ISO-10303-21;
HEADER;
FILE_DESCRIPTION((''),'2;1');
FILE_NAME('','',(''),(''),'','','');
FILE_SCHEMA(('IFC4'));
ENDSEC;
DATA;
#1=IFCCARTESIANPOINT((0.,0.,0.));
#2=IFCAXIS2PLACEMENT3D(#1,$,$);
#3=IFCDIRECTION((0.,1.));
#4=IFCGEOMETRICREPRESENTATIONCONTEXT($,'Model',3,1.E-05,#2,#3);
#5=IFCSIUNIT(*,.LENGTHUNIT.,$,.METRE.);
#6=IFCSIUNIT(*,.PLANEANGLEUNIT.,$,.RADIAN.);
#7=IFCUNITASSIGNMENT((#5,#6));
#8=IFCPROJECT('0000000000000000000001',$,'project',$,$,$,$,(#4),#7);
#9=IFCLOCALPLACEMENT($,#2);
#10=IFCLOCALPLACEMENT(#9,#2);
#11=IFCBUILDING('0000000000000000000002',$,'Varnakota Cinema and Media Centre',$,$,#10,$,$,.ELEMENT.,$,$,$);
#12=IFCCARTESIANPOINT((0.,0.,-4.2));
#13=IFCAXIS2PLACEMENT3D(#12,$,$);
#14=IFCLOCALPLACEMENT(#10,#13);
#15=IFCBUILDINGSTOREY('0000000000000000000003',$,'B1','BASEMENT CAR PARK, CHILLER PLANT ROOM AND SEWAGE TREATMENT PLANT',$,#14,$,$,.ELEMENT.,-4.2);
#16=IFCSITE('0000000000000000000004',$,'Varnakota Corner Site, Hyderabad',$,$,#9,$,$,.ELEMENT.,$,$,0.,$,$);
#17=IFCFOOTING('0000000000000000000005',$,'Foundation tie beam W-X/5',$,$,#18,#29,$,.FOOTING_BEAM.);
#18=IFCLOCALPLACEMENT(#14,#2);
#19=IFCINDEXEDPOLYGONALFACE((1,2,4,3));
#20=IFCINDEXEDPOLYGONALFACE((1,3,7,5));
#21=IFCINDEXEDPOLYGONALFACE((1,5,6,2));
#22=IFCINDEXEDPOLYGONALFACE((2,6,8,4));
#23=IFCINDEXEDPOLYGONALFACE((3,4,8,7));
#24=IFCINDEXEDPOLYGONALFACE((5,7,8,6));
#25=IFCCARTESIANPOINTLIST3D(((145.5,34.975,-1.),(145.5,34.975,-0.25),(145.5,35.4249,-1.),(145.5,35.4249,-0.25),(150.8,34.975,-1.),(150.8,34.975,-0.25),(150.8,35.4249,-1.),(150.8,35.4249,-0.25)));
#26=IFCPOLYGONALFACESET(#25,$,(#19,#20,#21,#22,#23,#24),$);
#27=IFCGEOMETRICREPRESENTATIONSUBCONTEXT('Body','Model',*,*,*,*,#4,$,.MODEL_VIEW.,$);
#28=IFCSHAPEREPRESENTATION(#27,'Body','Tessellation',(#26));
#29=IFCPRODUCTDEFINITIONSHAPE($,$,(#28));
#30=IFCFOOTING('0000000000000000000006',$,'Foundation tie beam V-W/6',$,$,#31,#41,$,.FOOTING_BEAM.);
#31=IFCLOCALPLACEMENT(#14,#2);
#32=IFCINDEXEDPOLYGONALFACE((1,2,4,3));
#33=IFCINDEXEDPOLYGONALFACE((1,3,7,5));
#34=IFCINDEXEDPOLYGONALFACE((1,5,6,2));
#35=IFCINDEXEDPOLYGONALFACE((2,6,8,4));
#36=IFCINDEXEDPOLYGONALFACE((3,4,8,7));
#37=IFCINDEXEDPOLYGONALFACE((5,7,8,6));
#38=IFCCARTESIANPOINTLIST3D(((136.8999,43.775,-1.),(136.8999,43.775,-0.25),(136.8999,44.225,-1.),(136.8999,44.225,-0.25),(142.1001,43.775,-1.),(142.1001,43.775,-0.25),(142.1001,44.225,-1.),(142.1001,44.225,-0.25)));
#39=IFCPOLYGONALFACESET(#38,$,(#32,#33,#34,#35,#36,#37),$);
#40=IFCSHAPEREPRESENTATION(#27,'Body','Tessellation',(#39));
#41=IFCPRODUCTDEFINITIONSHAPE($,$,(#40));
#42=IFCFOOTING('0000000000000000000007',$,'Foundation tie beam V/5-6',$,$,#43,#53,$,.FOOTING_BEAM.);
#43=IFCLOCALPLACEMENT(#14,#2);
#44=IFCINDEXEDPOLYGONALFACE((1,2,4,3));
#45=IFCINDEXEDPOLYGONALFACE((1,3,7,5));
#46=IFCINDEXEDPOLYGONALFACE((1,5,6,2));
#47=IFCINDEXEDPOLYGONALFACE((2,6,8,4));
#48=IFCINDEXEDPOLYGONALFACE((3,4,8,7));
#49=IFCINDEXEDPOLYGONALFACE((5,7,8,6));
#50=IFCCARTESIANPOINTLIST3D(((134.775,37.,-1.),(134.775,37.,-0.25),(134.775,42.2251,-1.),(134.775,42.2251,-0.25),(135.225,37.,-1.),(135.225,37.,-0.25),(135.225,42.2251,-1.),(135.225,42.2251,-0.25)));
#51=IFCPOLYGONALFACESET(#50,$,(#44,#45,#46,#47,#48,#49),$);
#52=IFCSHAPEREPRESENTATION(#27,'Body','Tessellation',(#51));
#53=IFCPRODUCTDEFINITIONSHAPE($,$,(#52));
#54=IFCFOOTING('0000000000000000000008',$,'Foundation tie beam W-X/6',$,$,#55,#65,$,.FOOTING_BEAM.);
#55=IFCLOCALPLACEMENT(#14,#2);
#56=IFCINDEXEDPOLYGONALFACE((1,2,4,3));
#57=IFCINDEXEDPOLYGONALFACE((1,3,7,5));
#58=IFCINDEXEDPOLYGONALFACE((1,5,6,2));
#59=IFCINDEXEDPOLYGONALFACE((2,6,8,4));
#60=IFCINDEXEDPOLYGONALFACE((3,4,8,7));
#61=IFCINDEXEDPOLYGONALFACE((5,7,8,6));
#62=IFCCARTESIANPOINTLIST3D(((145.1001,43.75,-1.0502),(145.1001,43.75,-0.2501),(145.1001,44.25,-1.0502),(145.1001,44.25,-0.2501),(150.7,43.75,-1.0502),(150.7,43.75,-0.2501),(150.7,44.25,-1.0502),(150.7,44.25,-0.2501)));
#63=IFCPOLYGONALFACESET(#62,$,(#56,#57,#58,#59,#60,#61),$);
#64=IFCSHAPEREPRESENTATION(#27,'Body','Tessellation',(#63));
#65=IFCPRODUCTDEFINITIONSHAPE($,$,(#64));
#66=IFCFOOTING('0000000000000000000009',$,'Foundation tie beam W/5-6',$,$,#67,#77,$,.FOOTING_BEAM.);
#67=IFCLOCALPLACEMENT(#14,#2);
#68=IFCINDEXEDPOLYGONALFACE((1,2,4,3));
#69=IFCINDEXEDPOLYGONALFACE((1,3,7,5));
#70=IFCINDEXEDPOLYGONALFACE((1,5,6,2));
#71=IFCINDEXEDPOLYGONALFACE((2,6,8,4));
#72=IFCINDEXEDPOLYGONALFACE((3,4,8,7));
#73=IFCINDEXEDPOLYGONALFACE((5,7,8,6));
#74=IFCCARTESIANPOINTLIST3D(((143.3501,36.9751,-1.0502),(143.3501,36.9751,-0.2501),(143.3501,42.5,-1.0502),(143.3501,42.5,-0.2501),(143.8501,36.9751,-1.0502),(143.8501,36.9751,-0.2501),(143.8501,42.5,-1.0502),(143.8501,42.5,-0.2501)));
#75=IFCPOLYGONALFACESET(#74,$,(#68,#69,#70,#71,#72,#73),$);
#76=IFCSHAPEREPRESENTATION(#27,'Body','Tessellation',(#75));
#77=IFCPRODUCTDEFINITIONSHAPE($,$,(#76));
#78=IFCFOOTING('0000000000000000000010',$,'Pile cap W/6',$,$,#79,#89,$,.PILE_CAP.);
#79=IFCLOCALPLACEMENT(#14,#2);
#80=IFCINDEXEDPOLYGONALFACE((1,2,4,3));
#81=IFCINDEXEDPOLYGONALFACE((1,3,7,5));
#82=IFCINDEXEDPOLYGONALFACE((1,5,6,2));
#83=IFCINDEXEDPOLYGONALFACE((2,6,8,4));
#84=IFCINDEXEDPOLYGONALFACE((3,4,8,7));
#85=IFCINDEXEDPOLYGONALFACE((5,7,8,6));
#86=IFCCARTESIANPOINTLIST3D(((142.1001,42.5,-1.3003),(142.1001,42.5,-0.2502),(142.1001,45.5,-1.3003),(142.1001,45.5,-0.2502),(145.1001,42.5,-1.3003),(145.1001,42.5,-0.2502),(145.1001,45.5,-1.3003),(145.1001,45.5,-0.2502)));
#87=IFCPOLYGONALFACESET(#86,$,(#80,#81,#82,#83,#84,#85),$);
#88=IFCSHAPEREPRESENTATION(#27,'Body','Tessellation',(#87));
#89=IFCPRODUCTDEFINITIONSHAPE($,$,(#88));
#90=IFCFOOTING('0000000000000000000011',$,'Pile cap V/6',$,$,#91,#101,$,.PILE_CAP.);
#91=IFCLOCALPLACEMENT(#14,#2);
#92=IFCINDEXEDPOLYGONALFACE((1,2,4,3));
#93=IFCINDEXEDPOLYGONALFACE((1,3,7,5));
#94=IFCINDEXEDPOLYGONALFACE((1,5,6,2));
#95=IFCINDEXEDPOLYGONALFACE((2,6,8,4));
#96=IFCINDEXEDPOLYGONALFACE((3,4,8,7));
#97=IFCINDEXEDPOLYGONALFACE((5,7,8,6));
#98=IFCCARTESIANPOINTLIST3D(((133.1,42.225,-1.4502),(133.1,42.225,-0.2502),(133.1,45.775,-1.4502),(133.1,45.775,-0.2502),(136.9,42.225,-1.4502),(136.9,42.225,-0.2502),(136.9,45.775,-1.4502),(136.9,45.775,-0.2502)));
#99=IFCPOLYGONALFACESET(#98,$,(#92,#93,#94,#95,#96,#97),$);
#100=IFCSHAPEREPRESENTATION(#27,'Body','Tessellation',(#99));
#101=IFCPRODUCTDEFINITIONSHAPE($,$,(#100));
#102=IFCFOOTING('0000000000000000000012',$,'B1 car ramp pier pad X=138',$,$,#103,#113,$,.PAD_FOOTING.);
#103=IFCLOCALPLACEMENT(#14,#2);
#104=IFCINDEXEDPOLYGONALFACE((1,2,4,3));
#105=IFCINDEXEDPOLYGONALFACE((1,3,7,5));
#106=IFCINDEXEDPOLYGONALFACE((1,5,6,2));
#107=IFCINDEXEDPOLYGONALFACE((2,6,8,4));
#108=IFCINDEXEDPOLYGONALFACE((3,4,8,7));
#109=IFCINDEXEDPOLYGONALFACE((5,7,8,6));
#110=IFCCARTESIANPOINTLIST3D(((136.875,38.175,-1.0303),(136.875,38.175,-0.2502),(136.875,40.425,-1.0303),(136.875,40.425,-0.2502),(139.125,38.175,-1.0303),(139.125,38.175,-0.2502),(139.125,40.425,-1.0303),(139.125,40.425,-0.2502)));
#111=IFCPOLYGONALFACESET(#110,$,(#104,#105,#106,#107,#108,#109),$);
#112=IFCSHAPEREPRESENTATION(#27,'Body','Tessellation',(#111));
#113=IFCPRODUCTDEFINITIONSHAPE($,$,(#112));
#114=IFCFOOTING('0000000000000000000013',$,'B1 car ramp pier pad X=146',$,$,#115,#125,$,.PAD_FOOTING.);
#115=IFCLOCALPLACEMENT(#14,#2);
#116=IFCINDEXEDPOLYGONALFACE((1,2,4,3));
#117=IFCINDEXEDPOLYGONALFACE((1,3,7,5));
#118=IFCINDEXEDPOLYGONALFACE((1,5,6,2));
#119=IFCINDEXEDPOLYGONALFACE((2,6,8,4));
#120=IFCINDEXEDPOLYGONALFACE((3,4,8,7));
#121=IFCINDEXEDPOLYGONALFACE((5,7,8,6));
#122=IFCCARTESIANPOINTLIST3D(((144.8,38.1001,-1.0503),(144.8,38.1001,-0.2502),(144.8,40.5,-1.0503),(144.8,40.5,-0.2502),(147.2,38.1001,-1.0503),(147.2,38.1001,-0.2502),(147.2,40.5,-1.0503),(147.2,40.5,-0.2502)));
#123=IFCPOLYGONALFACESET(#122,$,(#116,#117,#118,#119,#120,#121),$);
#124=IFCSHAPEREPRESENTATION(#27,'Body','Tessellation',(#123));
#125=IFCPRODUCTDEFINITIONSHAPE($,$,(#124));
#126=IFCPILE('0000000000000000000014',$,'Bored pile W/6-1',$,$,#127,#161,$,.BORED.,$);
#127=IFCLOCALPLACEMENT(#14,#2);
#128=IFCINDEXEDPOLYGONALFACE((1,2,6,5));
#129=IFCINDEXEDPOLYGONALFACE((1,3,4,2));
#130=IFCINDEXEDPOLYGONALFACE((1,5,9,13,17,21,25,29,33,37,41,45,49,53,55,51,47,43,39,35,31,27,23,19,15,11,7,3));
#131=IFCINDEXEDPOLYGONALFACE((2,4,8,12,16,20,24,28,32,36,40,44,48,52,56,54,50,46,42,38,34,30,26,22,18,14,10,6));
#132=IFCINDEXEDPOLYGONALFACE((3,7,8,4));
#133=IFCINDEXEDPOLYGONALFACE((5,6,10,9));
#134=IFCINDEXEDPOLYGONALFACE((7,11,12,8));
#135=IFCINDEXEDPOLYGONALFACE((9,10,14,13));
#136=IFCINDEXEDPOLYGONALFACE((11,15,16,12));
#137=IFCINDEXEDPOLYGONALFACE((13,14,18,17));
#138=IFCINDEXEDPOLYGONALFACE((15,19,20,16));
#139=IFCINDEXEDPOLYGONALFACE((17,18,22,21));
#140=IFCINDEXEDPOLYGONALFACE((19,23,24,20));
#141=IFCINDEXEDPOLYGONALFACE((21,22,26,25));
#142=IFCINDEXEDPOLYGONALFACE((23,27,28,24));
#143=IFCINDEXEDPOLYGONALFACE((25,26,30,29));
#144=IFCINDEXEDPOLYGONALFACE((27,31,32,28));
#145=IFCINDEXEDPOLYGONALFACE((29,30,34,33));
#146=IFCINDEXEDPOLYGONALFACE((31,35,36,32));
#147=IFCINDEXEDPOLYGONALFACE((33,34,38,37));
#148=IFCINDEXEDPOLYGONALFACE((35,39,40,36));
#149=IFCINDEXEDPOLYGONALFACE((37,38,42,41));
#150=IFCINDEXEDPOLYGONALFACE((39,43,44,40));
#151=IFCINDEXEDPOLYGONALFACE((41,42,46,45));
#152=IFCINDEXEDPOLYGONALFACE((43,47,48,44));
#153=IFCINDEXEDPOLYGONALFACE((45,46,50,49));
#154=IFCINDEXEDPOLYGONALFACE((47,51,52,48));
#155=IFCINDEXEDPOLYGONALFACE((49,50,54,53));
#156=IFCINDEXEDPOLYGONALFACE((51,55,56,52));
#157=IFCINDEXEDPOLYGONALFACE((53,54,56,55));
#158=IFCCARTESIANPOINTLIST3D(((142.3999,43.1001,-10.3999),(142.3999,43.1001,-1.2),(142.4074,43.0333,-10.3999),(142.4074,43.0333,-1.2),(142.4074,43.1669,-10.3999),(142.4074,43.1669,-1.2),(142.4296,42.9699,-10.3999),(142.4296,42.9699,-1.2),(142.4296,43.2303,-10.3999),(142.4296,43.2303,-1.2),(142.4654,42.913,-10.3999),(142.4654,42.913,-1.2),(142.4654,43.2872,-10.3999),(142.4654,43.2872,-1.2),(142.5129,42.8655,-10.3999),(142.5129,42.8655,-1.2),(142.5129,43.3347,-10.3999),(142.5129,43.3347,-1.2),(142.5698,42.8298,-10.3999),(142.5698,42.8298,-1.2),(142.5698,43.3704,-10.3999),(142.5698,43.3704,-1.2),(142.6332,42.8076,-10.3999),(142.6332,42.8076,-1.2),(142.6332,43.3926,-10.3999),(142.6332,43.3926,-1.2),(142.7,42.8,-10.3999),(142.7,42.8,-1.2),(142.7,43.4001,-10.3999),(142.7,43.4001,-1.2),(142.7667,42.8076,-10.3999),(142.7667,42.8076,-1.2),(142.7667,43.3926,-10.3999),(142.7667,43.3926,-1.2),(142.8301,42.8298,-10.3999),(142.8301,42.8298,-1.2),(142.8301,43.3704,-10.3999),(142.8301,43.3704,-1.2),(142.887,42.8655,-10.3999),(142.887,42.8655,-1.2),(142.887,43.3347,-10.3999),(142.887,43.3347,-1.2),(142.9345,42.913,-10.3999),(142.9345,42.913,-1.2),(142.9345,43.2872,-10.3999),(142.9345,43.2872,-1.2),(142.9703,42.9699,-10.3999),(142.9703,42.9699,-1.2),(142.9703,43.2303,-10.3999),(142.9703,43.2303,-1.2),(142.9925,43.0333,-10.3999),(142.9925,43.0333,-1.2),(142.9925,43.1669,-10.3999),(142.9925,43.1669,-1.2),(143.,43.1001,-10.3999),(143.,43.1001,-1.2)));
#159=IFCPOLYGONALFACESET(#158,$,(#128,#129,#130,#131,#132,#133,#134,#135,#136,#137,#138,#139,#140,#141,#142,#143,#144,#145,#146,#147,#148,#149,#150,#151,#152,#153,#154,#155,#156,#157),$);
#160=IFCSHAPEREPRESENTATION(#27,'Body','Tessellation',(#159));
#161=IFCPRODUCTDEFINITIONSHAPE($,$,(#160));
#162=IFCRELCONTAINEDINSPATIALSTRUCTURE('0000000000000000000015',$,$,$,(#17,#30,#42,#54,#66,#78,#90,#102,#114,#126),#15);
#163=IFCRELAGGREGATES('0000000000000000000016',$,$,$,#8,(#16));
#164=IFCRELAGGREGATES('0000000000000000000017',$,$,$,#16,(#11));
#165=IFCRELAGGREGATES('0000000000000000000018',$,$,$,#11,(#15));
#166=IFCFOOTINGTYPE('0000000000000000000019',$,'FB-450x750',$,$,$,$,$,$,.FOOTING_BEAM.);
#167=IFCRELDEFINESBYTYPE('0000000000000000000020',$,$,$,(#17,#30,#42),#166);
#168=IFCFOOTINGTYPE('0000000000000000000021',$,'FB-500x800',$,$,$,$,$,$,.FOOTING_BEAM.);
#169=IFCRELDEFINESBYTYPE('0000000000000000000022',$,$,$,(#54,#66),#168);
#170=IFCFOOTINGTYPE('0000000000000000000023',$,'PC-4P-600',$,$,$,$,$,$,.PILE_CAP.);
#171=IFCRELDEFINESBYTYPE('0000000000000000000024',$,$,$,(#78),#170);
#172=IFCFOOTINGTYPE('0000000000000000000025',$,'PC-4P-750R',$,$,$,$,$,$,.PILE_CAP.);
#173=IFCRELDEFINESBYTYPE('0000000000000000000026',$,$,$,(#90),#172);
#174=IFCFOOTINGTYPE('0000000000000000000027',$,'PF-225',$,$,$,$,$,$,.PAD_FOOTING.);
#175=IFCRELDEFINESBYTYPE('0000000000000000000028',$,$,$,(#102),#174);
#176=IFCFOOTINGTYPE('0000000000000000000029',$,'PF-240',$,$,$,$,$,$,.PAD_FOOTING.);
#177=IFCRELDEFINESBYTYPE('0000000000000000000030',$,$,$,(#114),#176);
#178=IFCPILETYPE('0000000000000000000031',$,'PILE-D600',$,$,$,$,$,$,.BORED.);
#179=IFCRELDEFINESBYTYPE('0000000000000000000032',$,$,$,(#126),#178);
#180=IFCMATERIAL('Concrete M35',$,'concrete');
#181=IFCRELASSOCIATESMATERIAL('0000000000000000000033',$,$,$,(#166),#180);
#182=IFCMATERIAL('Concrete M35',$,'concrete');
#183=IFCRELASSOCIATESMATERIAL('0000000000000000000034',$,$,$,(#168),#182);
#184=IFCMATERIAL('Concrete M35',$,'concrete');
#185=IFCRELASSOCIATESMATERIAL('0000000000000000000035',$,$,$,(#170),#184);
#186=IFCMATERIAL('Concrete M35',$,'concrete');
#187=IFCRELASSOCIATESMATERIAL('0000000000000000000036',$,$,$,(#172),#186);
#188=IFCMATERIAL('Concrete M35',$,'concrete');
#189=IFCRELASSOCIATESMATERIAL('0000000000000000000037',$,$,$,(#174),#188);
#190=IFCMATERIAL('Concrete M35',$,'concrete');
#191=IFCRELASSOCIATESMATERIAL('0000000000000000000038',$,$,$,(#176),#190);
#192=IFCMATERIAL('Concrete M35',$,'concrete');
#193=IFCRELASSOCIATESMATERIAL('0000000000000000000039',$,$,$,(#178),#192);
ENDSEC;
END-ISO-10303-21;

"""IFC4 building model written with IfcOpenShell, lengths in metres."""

from ifc_helpers import new_model, si_unit, direction, frame, origin, origin_2d, place, context, subcontext, project, spatial, rectangle, circle, extrude, material, material_profile, profile_set, type_object, element, save


model = new_model("IFC4")

# Units and contexts
model_context = context("Model", 3, precision=1e-05, world=origin(), true_north=direction((0.0, 1.0)))
body_context = subcontext(model_context, "Body", "Model", "MODEL_VIEW")
ifc_project = project(units=[si_unit("LENGTHUNIT", "METRE"), si_unit("PLANEANGLEUNIT", "RADIAN")], contexts=[model_context])

# Site, building, storey
site_placement = place(None, origin())
site = spatial("IfcSite", under=ifc_project, at=site_placement, Name="Varnakota Corner Site, Hyderabad", CompositionType="ELEMENT", RefElevation=0.0)
building_placement = place(site_placement, origin())
building = spatial("IfcBuilding", under=site, at=building_placement, Name="Varnakota Cinema and Media Centre", CompositionType="ELEMENT")
storey_placement = place(building_placement, frame((0.0, 0.0, -4.2)))
storey = spatial("IfcBuildingStorey", under=building, at=storey_placement, Name="B1", Description="BASEMENT CAR PARK, CHILLER PLANT ROOM AND SEWAGE TREATMENT PLANT", CompositionType="ELEMENT", Elevation=-4.2)

# Footings
ifc_material_1 = material(Name="Concrete M35", Category="concrete")
ifc_material_profile_1 = material_profile(ifc_material_1, rectangle(XDim=0.45, YDim=0.75, at=origin_2d()), Name="FB 450x750")
ifc_profile_set_1 = profile_set([ifc_material_profile_1], Name="Concrete M35")
footing_type_1 = type_object("IfcFootingType", Name="FB-450x750", PredefinedType="FOOTING_BEAM", material=ifc_profile_set_1)
footing_1_placement = place(storey_placement, frame((145.5, 35.2, -0.625), z_axis=(1.0, 0.0, 0.0), x_axis=(0.0, 1.0, 0.0)))
element("IfcFooting", 1, at=footing_1_placement, inside=storey, type_object=footing_type_1, Name="Foundation tie beam W-X/5", PredefinedType="FOOTING_BEAM", context=body_context, shape_type="SweptSolid", body=[
    extrude(rectangle(XDim=0.45, YDim=0.75, at=origin_2d()), origin(), (0.0, 0.0, 1.0), 5.3),
])
footing_2_placement = place(storey_placement, frame((136.8999, 44.0, -0.625), z_axis=(1.0, 0.0, 0.0), x_axis=(0.0, 1.0, 0.0)))
element("IfcFooting", 2, at=footing_2_placement, inside=storey, type_object=footing_type_1, Name="Foundation tie beam V-W/6", PredefinedType="FOOTING_BEAM", context=body_context, shape_type="SweptSolid", body=[
    extrude(rectangle(XDim=0.45, YDim=0.75, at=origin_2d()), origin(), (0.0, 0.0, 1.0), 5.2002),
])
footing_3_placement = place(storey_placement, frame((135.0, 37.0, -0.625), z_axis=(0.0, 1.0, 0.0), x_axis=(-1.0, 0.0, 0.0)))
element("IfcFooting", 3, at=footing_3_placement, inside=storey, type_object=footing_type_1, Name="Foundation tie beam V/5-6", PredefinedType="FOOTING_BEAM", context=body_context, shape_type="SweptSolid", body=[
    extrude(rectangle(XDim=0.45, YDim=0.75, at=origin_2d()), origin(), (0.0, 0.0, 1.0), 5.2251),
])
ifc_material_2 = material(Name="Concrete M35", Category="concrete")
ifc_material_profile_2 = material_profile(ifc_material_2, rectangle(XDim=0.5, YDim=0.8, at=origin_2d()), Name="FB 500x800")
ifc_profile_set_2 = profile_set([ifc_material_profile_2], Name="Concrete M35")
footing_type_2 = type_object("IfcFootingType", Name="FB-500x800", PredefinedType="FOOTING_BEAM", material=ifc_profile_set_2)
footing_4_placement = place(storey_placement, frame((145.1001, 44.0, -0.6501), z_axis=(1.0, 0.0, 0.0), x_axis=(0.0, 1.0, 0.0)))
element("IfcFooting", 4, at=footing_4_placement, inside=storey, type_object=footing_type_2, Name="Foundation tie beam W-X/6", PredefinedType="FOOTING_BEAM", context=body_context, shape_type="SweptSolid", body=[
    extrude(rectangle(XDim=0.5, YDim=0.8, at=origin_2d()), origin(), (0.0, 0.0, 1.0), 5.5999),
])
footing_5_placement = place(storey_placement, frame((143.6001, 36.9751, -0.6501), z_axis=(0.0, 1.0, 0.0), x_axis=(-1.0, 0.0, 0.0)))
element("IfcFooting", 5, at=footing_5_placement, inside=storey, type_object=footing_type_2, Name="Foundation tie beam W/5-6", PredefinedType="FOOTING_BEAM", context=body_context, shape_type="SweptSolid", body=[
    extrude(rectangle(XDim=0.5, YDim=0.8, at=origin_2d()), origin(), (0.0, 0.0, 1.0), 5.5249),
])
ifc_material_3 = material(Name="Concrete M35", Category="concrete")
footing_type_3 = type_object("IfcFootingType", Name="PC-4P-600", PredefinedType="PILE_CAP", material=ifc_material_3)
footing_6_placement = place(storey_placement, frame((143.6001, 44.0, -1.3003), z_axis=(0.0, 0.0, 1.0), x_axis=(1.0, 0.0, 0.0)))
element("IfcFooting", 6, at=footing_6_placement, inside=storey, type_object=footing_type_3, Name="Pile cap W/6", PredefinedType="PILE_CAP", context=body_context, shape_type="SweptSolid", body=[
    extrude(rectangle(XDim=3.0, YDim=3.0, at=origin_2d()), origin(), (0.0, 0.0, 1.0), 1.05),
])
ifc_material_4 = material(Name="Concrete M35", Category="concrete")
footing_type_4 = type_object("IfcFootingType", Name="PC-4P-750R", PredefinedType="PILE_CAP", material=ifc_material_4)
footing_7_placement = place(storey_placement, frame((135.0, 44.0, -1.4502), z_axis=(0.0, 0.0, 1.0), x_axis=(1.0, 0.0, 0.0)))
element("IfcFooting", 7, at=footing_7_placement, inside=storey, type_object=footing_type_4, Name="Pile cap V/6", PredefinedType="PILE_CAP", context=body_context, shape_type="SweptSolid", body=[
    extrude(rectangle(XDim=3.8, YDim=3.55, at=origin_2d()), origin(), (0.0, 0.0, 1.0), 1.2),
])
ifc_material_5 = material(Name="Concrete M35", Category="concrete")
footing_type_5 = type_object("IfcFootingType", Name="PF-225", PredefinedType="PAD_FOOTING", material=ifc_material_5)
footing_8_placement = place(storey_placement, frame((138.0, 39.3, -1.0303), z_axis=(0.0, 0.0, 1.0), x_axis=(1.0, 0.0, 0.0)))
element("IfcFooting", 8, at=footing_8_placement, inside=storey, type_object=footing_type_5, Name="B1 car ramp pier pad X=138", PredefinedType="PAD_FOOTING", context=body_context, shape_type="SweptSolid", body=[
    extrude(rectangle(XDim=2.25, YDim=2.25, at=origin_2d()), origin(), (0.0, 0.0, 1.0), 0.78),
])
ifc_material_6 = material(Name="Concrete M35", Category="concrete")
footing_type_6 = type_object("IfcFootingType", Name="PF-240", PredefinedType="PAD_FOOTING", material=ifc_material_6)
footing_9_placement = place(storey_placement, frame((146.0, 39.3, -1.0503), z_axis=(0.0, 0.0, 1.0), x_axis=(1.0, 0.0, 0.0)))
element("IfcFooting", 9, at=footing_9_placement, inside=storey, type_object=footing_type_6, Name="B1 car ramp pier pad X=146", PredefinedType="PAD_FOOTING", context=body_context, shape_type="SweptSolid", body=[
    extrude(rectangle(XDim=2.3999, YDim=2.3999, at=origin_2d()), origin(), (0.0, 0.0, 1.0), 0.8),
])

# Pile
ifc_material_7 = material(Name="Concrete M35", Category="concrete")
ifc_material_profile_3 = material_profile(ifc_material_7, circle(Radius=0.3, at=origin_2d()), Name="PILE D600")
ifc_profile_set_3 = profile_set([ifc_material_profile_3], Name="Concrete M35")
pile_type_1 = type_object("IfcPileType", Name="PILE-D600", PredefinedType="BORED", material=ifc_profile_set_3)
for number, where, z_axis, x_axis, name in (
    (10, (142.7, 43.1001, -1.2), (0.0, 0.0, -1.0), (1.0, 0.0, 0.0), "Bored pile W/6-1"),
):
    element("IfcPile", number, at=place(storey_placement, frame(where, z_axis=z_axis, x_axis=x_axis)), inside=storey, type_object=pile_type_1, Name=name, PredefinedType="BORED", context=body_context, shape_type="SweptSolid", body=[
        extrude(circle(Radius=0.3, at=origin_2d()), origin(), (0.0, 0.0, 1.0), 9.2),
    ])

save(model, "model.ifc")
